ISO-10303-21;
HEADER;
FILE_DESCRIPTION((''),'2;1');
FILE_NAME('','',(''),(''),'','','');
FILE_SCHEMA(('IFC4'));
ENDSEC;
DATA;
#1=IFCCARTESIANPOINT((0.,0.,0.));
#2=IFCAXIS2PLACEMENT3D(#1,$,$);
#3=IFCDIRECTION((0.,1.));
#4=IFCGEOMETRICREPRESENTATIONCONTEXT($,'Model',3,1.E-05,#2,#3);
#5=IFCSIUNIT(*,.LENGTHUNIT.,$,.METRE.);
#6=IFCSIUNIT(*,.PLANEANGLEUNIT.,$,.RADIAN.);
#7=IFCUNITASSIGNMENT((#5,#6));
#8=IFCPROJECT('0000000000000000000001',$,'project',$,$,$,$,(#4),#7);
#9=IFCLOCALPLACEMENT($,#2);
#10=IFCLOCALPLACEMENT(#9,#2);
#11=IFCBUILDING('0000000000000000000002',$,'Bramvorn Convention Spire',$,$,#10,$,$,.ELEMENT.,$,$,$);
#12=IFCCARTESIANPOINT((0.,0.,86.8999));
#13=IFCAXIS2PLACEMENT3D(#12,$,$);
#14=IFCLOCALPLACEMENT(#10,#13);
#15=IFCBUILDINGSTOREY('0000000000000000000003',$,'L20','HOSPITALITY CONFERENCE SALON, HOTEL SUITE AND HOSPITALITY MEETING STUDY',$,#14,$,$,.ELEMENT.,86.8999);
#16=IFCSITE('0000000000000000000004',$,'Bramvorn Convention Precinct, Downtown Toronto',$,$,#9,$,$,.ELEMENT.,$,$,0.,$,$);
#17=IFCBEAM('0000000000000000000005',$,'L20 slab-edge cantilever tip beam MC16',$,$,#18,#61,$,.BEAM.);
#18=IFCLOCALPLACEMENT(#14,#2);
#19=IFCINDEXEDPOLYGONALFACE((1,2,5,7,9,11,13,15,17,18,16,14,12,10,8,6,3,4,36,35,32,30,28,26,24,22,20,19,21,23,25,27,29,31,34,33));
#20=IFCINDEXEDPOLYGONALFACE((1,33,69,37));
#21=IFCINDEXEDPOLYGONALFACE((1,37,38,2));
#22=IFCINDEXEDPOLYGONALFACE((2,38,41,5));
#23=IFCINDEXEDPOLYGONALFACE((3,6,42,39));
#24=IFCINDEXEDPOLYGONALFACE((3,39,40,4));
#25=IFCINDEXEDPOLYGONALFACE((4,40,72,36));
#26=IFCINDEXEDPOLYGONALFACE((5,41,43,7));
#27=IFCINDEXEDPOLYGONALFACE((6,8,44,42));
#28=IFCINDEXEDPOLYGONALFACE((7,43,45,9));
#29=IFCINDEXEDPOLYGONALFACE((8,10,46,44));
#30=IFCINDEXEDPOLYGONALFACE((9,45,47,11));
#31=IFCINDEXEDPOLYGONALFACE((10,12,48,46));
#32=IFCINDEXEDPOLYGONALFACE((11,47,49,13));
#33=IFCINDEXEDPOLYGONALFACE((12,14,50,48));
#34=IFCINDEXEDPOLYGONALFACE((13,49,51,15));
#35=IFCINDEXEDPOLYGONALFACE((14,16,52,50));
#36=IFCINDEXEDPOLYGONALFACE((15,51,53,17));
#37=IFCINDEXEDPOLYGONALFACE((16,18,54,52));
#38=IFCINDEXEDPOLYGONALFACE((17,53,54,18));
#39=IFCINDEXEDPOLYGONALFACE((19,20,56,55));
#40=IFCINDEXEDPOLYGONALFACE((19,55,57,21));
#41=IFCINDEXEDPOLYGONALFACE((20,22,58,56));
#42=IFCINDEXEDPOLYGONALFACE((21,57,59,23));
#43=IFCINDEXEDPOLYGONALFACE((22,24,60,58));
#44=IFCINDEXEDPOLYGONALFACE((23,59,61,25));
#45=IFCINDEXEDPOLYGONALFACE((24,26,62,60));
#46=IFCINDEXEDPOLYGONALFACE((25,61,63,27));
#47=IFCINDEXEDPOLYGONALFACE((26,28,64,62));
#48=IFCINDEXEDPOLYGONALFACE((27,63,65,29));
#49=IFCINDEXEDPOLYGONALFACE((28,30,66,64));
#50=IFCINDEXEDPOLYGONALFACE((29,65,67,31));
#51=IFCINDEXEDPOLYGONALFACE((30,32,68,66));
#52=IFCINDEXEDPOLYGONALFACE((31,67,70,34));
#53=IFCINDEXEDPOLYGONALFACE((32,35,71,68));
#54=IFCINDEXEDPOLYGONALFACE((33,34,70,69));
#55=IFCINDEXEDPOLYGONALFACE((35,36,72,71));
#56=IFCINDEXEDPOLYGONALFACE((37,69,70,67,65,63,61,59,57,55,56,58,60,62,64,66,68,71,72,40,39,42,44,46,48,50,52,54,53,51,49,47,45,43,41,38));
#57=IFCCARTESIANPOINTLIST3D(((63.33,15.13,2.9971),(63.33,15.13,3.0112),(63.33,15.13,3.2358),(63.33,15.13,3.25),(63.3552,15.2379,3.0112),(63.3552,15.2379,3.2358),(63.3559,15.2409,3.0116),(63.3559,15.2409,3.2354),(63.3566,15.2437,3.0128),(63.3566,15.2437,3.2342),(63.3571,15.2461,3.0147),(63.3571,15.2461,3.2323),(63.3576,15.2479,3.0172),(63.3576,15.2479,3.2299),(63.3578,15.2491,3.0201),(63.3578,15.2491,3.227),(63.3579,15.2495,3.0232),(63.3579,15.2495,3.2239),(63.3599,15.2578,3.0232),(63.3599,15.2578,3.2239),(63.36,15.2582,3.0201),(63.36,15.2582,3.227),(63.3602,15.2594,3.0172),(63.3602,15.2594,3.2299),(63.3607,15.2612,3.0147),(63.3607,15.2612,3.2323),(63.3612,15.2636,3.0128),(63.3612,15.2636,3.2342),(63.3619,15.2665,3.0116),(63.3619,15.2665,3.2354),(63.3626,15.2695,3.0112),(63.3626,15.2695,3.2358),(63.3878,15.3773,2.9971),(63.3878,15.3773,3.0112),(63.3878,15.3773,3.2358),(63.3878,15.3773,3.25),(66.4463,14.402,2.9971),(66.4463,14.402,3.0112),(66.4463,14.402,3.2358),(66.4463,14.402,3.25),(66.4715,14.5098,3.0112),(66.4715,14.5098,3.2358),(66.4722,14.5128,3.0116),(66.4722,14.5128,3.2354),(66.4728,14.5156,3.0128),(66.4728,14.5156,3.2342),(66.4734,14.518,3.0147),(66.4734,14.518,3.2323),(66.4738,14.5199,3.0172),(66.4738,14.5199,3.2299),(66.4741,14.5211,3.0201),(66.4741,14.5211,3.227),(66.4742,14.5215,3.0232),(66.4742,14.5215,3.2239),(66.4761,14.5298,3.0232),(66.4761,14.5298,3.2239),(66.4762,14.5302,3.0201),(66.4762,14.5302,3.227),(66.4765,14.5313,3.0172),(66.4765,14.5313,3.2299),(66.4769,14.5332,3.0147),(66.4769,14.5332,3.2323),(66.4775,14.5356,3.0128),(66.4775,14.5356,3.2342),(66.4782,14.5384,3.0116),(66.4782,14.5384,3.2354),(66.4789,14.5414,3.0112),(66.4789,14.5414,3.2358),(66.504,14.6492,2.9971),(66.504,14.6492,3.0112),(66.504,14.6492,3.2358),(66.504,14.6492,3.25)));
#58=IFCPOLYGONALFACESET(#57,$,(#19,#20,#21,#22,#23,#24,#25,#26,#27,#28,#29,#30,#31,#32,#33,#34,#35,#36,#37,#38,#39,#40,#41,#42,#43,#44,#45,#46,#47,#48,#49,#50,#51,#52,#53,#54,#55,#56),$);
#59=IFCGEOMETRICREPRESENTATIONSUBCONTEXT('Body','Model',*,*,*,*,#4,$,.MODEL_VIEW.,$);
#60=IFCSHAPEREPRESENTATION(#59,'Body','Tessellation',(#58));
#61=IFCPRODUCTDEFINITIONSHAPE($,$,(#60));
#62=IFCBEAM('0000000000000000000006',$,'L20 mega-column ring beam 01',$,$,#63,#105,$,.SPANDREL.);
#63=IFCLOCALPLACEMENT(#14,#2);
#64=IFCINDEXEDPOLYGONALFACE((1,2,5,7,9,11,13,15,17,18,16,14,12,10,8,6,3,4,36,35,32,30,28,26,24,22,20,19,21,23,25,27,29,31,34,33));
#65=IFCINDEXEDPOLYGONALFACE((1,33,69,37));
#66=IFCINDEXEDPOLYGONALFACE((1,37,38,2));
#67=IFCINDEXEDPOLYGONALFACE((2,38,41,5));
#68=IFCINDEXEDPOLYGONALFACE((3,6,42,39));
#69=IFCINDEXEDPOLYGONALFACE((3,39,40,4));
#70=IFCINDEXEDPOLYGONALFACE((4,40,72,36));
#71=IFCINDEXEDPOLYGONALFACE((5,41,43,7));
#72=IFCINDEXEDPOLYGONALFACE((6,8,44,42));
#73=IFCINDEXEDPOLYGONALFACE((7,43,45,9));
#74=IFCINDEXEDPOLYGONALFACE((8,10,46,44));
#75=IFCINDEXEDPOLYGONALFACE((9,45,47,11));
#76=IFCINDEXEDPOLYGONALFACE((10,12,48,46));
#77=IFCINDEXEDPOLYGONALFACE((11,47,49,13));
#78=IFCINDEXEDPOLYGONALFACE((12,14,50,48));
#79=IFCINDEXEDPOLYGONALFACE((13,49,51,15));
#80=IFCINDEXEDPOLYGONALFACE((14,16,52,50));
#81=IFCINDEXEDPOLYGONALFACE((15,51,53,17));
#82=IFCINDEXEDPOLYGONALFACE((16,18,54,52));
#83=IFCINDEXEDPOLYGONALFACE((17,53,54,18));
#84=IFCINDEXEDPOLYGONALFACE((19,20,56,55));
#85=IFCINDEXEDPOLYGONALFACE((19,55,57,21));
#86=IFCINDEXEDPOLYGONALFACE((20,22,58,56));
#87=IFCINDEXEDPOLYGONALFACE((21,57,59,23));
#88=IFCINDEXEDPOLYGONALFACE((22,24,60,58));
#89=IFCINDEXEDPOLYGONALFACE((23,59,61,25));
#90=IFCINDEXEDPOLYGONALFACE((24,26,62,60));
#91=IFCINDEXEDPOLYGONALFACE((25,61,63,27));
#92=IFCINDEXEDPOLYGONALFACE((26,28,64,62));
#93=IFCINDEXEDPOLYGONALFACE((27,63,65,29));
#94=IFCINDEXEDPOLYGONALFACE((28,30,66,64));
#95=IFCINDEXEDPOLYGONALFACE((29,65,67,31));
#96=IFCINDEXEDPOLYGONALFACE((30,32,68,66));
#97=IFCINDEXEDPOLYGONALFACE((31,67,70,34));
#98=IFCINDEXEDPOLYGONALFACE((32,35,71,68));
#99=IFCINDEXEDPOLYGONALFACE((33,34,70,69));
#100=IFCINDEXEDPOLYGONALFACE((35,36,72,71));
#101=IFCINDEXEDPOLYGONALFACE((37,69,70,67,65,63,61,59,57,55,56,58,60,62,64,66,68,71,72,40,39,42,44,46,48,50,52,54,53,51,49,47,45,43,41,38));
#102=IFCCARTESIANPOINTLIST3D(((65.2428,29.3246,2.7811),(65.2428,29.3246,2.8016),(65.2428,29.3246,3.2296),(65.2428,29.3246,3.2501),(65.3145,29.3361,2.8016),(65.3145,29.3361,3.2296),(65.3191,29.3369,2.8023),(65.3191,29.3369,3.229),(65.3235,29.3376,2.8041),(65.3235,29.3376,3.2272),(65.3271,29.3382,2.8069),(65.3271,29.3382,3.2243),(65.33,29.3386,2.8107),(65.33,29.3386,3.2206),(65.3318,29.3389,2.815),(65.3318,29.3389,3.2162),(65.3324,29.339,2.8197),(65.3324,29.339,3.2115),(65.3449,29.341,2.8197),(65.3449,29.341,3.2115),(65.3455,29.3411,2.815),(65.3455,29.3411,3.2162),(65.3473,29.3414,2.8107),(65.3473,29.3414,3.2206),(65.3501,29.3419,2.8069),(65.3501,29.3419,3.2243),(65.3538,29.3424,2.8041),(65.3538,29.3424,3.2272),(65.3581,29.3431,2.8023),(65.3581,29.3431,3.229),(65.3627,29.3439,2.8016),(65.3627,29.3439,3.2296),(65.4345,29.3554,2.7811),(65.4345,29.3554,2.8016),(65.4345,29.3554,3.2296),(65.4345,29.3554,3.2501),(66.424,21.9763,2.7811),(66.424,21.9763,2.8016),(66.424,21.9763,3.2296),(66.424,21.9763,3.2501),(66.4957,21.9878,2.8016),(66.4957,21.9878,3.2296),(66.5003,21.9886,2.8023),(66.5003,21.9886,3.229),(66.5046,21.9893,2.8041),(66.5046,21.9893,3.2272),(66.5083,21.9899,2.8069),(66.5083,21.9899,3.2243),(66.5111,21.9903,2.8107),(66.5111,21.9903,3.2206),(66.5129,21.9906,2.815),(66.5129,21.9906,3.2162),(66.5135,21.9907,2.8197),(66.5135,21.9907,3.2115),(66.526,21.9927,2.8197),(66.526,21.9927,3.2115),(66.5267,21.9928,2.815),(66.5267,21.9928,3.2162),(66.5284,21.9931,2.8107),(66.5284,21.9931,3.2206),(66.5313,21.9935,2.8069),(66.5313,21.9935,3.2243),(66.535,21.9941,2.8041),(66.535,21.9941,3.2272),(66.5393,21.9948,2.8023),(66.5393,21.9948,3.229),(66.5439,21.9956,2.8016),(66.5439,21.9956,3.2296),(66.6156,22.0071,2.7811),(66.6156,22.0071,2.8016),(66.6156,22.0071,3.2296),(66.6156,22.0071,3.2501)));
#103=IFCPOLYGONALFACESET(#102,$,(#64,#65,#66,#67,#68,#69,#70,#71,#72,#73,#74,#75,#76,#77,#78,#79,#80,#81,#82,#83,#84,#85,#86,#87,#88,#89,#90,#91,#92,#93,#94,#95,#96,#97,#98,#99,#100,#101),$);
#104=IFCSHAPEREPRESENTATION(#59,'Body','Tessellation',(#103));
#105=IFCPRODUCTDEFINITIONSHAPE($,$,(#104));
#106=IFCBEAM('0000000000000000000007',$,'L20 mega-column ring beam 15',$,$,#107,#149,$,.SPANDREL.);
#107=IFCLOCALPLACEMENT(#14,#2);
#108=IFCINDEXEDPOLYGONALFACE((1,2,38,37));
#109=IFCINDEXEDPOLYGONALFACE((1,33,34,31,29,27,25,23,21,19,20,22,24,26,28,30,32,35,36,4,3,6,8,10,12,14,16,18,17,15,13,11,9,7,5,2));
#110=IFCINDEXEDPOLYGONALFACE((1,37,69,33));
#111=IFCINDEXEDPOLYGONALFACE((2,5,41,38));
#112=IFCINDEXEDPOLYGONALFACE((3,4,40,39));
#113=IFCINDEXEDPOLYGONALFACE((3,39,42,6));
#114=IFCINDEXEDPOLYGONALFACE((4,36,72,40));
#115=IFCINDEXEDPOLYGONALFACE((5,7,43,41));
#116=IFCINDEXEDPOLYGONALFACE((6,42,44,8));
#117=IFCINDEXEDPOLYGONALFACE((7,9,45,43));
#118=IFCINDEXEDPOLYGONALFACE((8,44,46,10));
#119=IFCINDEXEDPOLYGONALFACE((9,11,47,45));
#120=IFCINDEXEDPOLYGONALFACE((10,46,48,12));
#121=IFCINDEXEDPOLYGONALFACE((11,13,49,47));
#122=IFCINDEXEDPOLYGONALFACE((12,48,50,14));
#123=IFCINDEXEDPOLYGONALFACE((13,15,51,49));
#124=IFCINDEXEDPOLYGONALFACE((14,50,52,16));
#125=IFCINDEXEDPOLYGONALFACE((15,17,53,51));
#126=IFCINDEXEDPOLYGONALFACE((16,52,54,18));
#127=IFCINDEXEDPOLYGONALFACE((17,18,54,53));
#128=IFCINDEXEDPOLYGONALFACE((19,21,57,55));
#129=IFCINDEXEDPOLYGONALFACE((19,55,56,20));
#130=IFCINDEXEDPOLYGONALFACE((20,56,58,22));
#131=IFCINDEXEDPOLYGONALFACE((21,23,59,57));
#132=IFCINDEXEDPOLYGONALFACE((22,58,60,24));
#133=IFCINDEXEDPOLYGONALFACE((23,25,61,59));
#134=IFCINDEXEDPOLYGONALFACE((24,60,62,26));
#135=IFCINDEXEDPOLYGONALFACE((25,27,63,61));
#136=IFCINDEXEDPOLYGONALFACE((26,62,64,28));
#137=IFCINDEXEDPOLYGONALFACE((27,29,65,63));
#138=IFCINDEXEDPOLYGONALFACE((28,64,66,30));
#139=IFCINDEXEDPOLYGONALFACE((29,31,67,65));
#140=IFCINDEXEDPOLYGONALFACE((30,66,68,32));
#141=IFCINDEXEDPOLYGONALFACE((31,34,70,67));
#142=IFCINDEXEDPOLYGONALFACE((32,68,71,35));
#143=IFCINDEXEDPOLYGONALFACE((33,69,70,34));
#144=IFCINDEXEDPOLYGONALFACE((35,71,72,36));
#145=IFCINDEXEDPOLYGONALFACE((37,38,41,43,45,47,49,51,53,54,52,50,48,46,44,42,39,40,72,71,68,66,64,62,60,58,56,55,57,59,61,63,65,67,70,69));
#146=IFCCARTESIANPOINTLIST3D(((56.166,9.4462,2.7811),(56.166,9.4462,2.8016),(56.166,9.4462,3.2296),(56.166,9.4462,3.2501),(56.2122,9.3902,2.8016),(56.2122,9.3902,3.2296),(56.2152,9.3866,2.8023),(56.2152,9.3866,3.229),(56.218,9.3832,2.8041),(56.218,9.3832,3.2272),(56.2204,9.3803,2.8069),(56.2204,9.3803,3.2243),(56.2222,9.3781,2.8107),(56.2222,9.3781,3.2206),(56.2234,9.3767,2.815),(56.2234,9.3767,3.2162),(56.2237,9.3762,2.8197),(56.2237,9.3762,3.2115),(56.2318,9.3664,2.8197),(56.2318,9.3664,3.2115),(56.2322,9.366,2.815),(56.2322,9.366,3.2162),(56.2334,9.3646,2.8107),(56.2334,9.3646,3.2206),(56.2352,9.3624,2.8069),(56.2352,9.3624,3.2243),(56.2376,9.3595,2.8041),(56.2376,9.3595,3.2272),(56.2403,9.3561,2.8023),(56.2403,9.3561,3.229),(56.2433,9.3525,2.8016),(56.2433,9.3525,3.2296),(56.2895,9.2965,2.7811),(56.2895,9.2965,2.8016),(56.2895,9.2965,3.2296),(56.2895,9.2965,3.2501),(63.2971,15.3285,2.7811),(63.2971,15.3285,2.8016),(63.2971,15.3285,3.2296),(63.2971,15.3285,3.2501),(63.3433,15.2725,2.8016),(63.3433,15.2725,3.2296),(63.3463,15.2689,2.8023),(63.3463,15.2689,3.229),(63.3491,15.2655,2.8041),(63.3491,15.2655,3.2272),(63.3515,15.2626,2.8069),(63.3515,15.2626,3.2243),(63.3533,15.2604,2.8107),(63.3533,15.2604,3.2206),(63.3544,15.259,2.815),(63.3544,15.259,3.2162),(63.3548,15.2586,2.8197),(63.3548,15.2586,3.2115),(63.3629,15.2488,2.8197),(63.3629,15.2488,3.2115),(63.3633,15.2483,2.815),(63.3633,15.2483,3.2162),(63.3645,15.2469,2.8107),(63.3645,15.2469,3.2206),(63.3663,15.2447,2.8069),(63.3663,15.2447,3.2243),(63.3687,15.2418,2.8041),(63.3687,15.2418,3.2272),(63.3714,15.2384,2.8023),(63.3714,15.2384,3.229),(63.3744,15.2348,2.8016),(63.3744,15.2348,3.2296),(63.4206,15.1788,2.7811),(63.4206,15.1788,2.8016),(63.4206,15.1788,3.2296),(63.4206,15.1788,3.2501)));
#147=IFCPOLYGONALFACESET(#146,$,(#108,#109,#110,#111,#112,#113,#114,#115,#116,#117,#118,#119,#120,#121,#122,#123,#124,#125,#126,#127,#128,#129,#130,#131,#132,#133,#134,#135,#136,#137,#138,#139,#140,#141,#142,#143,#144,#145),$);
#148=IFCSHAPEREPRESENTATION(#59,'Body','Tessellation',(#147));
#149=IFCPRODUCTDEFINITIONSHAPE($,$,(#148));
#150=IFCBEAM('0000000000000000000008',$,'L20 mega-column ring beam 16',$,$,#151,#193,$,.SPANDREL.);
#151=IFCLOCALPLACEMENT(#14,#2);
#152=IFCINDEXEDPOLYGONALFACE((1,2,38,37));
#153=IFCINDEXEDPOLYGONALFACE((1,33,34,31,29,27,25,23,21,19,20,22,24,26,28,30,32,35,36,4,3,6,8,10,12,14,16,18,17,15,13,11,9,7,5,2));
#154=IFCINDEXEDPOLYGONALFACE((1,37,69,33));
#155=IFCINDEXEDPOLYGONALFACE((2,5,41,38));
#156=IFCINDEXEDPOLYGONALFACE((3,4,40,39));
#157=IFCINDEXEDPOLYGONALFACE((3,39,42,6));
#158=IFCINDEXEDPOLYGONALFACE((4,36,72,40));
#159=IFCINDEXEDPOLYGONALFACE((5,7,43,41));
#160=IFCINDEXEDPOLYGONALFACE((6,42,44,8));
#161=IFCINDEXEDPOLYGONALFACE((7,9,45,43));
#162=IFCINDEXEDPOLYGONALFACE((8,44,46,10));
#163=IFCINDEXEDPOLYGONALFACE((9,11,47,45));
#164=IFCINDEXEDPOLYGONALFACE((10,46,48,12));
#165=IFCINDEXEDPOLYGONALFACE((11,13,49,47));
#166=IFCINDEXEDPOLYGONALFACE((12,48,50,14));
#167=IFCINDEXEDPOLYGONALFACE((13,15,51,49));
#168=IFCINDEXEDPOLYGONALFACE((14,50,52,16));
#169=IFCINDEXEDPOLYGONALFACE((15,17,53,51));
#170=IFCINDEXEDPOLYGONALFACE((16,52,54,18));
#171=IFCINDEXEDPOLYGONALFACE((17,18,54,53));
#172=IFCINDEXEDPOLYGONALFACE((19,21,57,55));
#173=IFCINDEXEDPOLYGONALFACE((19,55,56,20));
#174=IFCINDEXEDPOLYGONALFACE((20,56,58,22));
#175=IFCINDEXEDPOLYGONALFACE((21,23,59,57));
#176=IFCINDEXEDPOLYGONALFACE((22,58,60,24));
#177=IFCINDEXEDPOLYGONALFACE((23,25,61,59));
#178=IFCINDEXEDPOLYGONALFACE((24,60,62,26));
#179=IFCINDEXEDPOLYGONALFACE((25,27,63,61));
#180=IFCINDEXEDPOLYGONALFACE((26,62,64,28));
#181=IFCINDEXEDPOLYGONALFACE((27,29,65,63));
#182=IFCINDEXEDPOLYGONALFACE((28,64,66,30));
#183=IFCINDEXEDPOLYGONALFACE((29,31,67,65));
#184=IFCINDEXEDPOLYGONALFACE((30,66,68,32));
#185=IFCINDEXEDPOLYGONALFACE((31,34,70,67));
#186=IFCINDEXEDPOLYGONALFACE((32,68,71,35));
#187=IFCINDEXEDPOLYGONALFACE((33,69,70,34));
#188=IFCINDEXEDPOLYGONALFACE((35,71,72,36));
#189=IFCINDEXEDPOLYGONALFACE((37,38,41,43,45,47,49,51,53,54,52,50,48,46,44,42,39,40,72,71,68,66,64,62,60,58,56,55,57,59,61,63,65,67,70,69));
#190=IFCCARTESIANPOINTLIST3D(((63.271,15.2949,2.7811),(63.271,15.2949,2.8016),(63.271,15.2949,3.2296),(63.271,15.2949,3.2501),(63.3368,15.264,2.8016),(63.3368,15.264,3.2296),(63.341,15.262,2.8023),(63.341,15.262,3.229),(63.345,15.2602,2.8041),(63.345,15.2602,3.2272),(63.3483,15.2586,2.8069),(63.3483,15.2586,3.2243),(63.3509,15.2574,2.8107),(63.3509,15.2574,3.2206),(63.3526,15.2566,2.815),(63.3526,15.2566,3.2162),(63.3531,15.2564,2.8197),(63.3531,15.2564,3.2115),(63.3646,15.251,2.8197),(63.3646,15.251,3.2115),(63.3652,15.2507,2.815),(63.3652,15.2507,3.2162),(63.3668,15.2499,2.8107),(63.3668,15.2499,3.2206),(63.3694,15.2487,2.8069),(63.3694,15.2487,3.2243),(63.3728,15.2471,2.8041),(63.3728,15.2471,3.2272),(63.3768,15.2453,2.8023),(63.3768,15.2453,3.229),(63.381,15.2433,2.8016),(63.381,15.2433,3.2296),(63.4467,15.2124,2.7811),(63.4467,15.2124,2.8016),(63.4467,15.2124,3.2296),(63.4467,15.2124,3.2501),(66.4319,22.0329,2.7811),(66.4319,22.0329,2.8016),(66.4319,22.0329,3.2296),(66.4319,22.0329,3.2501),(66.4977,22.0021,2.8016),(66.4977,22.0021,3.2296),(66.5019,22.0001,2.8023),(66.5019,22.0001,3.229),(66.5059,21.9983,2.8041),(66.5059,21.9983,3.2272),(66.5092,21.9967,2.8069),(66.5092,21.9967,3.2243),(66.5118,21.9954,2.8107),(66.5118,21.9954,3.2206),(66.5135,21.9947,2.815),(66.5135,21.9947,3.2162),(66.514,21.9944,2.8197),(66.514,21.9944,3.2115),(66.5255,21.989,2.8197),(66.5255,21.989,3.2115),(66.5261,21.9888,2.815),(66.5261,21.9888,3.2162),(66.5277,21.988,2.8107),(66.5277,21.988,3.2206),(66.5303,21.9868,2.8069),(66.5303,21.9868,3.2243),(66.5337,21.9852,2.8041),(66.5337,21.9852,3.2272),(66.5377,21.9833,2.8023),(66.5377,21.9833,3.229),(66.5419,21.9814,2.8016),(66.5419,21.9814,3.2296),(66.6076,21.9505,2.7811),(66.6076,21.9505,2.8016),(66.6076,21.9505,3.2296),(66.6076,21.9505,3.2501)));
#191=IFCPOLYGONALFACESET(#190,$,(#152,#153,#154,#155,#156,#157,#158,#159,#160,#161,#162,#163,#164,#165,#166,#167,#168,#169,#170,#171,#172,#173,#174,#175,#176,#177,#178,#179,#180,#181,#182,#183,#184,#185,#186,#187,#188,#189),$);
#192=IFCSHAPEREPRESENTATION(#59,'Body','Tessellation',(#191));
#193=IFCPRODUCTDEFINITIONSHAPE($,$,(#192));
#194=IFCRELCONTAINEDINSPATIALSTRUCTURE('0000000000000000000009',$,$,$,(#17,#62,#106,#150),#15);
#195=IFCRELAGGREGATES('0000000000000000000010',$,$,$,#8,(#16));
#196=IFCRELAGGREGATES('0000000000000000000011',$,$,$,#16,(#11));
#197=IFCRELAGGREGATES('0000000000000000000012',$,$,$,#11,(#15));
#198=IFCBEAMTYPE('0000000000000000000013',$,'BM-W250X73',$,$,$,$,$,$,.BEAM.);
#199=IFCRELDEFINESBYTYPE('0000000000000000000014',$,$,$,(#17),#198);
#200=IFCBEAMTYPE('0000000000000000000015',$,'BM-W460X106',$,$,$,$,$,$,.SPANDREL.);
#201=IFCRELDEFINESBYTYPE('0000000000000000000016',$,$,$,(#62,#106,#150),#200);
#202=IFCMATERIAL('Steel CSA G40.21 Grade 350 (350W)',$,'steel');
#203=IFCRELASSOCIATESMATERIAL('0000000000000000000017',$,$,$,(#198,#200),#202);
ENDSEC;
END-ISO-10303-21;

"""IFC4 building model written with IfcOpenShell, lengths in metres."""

from ifc_helpers import new_model, si_unit, direction, frame, origin, origin_2d, place, context, subcontext, project, spatial, i_section, extrude, material, material_profile, profile_set, type_object, element, save


model = new_model("IFC4")

# Units and contexts
model_context = context("Model", 3, precision=1e-05, world=origin(), true_north=direction((0.0, 1.0)))
body_context = subcontext(model_context, "Body", "Model", "MODEL_VIEW")
ifc_project = project(units=[si_unit("LENGTHUNIT", "METRE"), si_unit("PLANEANGLEUNIT", "RADIAN")], contexts=[model_context])

# Site, building, storey
site_placement = place(None, origin())
site = spatial("IfcSite", under=ifc_project, at=site_placement, Name="Bramvorn Convention Precinct, Downtown Toronto", CompositionType="ELEMENT", RefElevation=0.0)
building_placement = place(site_placement, origin())
building = spatial("IfcBuilding", under=site, at=building_placement, Name="Bramvorn Convention Spire", CompositionType="ELEMENT")
storey_placement = place(building_placement, frame((0.0, 0.0, 86.8999)))
storey = spatial("IfcBuildingStorey", under=building, at=storey_placement, Name="L20", Description="HOSPITALITY CONFERENCE SALON, HOTEL SUITE AND HOSPITALITY MEETING STUDY", CompositionType="ELEMENT", Elevation=86.8999)

# Shared definitions
ifc_material_1 = material(Name="Steel CSA G40.21 Grade 350 (350W)", Category="steel")

# Beams
ifc_material_profile_1 = material_profile(ifc_material_1, i_section(OverallWidth=0.2539, OverallDepth=0.2529, WebThickness=0.0085, FlangeThickness=0.0142, FilletRadius=0.012, at=origin_2d()))
ifc_profile_set_1 = profile_set([ifc_material_profile_1], Name="Steel CSA G40.21 Grade 350 (350W) - W250X73")
beam_type_1 = type_object("IfcBeamType", Name="BM-W250X73", PredefinedType="BEAM", material=ifc_profile_set_1)
beam_1_placement = place(storey_placement, frame((63.3589, 15.2537, 3.1235), z_axis=(0.973778, -0.2275, 0.0), x_axis=(0.2275, 0.973778, 0.0)))
element("IfcBeam", 1, at=beam_1_placement, inside=storey, type_object=beam_type_1, Name="L20 slab-edge cantilever tip beam MC16", PredefinedType="BEAM", context=body_context, shape_type="SweptSolid", body=[
    extrude(i_section(OverallWidth=0.2539, OverallDepth=0.2529, WebThickness=0.0085, FlangeThickness=0.0142, FilletRadius=0.012, at=origin_2d()), origin(), (0.0, 0.0, 1.0), 3.2002),
])
ifc_material_profile_2 = material_profile(ifc_material_1, i_section(OverallWidth=0.1941, OverallDepth=0.469, WebThickness=0.0127, FlangeThickness=0.0205, FilletRadius=0.0181, at=origin_2d()))
ifc_profile_set_2 = profile_set([ifc_material_profile_2], Name="Steel CSA G40.21 Grade 350 (350W) - W460X106")
beam_type_2 = type_object("IfcBeamType", Name="BM-W460X106", PredefinedType="SPANDREL", material=ifc_profile_set_2)
beam_2_placement = place(storey_placement, frame((66.5198, 21.9917, 3.0156), z_axis=(-0.158699, 0.987327, 0.0), x_axis=(-0.987327, -0.158699, 0.0)))
element("IfcBeam", 2, at=beam_2_placement, inside=storey, type_object=beam_type_2, Name="L20 mega-column ring beam 01", PredefinedType="SPANDREL", context=body_context, shape_type="SweptSolid", body=[
    extrude(i_section(OverallWidth=0.1941, OverallDepth=0.469, WebThickness=0.0127, FlangeThickness=0.0205, FilletRadius=0.0181, at=origin_2d()), origin(), (0.0, 0.0, 1.0), 7.4426),
])
beam_3_placement = place(storey_placement, frame((56.2278, 9.3713, 3.0156), z_axis=(0.771418, 0.636329, 0.0), x_axis=(-0.636329, 0.771418, 0.0)))
element("IfcBeam", 3, at=beam_3_placement, inside=storey, type_object=beam_type_2, Name="L20 mega-column ring beam 15", PredefinedType="SPANDREL", context=body_context, shape_type="SweptSolid", body=[
    extrude(i_section(OverallWidth=0.1941, OverallDepth=0.469, WebThickness=0.0127, FlangeThickness=0.0205, FilletRadius=0.0181, at=origin_2d()), origin(), (0.0, 0.0, 1.0), 9.2441),
])
beam_4_placement = place(storey_placement, frame((63.3589, 15.2537, 3.0156), z_axis=(0.424702, 0.905333, 0.0), x_axis=(-0.905333, 0.424702, 0.0)))
element("IfcBeam", 4, at=beam_4_placement, inside=storey, type_object=beam_type_2, Name="L20 mega-column ring beam 16", PredefinedType="SPANDREL", context=body_context, shape_type="SweptSolid", body=[
    extrude(i_section(OverallWidth=0.1941, OverallDepth=0.469, WebThickness=0.0127, FlangeThickness=0.0205, FilletRadius=0.0181, at=origin_2d()), origin(), (0.0, 0.0, 1.0), 7.4426),
])

save(model, "model.ifc")
